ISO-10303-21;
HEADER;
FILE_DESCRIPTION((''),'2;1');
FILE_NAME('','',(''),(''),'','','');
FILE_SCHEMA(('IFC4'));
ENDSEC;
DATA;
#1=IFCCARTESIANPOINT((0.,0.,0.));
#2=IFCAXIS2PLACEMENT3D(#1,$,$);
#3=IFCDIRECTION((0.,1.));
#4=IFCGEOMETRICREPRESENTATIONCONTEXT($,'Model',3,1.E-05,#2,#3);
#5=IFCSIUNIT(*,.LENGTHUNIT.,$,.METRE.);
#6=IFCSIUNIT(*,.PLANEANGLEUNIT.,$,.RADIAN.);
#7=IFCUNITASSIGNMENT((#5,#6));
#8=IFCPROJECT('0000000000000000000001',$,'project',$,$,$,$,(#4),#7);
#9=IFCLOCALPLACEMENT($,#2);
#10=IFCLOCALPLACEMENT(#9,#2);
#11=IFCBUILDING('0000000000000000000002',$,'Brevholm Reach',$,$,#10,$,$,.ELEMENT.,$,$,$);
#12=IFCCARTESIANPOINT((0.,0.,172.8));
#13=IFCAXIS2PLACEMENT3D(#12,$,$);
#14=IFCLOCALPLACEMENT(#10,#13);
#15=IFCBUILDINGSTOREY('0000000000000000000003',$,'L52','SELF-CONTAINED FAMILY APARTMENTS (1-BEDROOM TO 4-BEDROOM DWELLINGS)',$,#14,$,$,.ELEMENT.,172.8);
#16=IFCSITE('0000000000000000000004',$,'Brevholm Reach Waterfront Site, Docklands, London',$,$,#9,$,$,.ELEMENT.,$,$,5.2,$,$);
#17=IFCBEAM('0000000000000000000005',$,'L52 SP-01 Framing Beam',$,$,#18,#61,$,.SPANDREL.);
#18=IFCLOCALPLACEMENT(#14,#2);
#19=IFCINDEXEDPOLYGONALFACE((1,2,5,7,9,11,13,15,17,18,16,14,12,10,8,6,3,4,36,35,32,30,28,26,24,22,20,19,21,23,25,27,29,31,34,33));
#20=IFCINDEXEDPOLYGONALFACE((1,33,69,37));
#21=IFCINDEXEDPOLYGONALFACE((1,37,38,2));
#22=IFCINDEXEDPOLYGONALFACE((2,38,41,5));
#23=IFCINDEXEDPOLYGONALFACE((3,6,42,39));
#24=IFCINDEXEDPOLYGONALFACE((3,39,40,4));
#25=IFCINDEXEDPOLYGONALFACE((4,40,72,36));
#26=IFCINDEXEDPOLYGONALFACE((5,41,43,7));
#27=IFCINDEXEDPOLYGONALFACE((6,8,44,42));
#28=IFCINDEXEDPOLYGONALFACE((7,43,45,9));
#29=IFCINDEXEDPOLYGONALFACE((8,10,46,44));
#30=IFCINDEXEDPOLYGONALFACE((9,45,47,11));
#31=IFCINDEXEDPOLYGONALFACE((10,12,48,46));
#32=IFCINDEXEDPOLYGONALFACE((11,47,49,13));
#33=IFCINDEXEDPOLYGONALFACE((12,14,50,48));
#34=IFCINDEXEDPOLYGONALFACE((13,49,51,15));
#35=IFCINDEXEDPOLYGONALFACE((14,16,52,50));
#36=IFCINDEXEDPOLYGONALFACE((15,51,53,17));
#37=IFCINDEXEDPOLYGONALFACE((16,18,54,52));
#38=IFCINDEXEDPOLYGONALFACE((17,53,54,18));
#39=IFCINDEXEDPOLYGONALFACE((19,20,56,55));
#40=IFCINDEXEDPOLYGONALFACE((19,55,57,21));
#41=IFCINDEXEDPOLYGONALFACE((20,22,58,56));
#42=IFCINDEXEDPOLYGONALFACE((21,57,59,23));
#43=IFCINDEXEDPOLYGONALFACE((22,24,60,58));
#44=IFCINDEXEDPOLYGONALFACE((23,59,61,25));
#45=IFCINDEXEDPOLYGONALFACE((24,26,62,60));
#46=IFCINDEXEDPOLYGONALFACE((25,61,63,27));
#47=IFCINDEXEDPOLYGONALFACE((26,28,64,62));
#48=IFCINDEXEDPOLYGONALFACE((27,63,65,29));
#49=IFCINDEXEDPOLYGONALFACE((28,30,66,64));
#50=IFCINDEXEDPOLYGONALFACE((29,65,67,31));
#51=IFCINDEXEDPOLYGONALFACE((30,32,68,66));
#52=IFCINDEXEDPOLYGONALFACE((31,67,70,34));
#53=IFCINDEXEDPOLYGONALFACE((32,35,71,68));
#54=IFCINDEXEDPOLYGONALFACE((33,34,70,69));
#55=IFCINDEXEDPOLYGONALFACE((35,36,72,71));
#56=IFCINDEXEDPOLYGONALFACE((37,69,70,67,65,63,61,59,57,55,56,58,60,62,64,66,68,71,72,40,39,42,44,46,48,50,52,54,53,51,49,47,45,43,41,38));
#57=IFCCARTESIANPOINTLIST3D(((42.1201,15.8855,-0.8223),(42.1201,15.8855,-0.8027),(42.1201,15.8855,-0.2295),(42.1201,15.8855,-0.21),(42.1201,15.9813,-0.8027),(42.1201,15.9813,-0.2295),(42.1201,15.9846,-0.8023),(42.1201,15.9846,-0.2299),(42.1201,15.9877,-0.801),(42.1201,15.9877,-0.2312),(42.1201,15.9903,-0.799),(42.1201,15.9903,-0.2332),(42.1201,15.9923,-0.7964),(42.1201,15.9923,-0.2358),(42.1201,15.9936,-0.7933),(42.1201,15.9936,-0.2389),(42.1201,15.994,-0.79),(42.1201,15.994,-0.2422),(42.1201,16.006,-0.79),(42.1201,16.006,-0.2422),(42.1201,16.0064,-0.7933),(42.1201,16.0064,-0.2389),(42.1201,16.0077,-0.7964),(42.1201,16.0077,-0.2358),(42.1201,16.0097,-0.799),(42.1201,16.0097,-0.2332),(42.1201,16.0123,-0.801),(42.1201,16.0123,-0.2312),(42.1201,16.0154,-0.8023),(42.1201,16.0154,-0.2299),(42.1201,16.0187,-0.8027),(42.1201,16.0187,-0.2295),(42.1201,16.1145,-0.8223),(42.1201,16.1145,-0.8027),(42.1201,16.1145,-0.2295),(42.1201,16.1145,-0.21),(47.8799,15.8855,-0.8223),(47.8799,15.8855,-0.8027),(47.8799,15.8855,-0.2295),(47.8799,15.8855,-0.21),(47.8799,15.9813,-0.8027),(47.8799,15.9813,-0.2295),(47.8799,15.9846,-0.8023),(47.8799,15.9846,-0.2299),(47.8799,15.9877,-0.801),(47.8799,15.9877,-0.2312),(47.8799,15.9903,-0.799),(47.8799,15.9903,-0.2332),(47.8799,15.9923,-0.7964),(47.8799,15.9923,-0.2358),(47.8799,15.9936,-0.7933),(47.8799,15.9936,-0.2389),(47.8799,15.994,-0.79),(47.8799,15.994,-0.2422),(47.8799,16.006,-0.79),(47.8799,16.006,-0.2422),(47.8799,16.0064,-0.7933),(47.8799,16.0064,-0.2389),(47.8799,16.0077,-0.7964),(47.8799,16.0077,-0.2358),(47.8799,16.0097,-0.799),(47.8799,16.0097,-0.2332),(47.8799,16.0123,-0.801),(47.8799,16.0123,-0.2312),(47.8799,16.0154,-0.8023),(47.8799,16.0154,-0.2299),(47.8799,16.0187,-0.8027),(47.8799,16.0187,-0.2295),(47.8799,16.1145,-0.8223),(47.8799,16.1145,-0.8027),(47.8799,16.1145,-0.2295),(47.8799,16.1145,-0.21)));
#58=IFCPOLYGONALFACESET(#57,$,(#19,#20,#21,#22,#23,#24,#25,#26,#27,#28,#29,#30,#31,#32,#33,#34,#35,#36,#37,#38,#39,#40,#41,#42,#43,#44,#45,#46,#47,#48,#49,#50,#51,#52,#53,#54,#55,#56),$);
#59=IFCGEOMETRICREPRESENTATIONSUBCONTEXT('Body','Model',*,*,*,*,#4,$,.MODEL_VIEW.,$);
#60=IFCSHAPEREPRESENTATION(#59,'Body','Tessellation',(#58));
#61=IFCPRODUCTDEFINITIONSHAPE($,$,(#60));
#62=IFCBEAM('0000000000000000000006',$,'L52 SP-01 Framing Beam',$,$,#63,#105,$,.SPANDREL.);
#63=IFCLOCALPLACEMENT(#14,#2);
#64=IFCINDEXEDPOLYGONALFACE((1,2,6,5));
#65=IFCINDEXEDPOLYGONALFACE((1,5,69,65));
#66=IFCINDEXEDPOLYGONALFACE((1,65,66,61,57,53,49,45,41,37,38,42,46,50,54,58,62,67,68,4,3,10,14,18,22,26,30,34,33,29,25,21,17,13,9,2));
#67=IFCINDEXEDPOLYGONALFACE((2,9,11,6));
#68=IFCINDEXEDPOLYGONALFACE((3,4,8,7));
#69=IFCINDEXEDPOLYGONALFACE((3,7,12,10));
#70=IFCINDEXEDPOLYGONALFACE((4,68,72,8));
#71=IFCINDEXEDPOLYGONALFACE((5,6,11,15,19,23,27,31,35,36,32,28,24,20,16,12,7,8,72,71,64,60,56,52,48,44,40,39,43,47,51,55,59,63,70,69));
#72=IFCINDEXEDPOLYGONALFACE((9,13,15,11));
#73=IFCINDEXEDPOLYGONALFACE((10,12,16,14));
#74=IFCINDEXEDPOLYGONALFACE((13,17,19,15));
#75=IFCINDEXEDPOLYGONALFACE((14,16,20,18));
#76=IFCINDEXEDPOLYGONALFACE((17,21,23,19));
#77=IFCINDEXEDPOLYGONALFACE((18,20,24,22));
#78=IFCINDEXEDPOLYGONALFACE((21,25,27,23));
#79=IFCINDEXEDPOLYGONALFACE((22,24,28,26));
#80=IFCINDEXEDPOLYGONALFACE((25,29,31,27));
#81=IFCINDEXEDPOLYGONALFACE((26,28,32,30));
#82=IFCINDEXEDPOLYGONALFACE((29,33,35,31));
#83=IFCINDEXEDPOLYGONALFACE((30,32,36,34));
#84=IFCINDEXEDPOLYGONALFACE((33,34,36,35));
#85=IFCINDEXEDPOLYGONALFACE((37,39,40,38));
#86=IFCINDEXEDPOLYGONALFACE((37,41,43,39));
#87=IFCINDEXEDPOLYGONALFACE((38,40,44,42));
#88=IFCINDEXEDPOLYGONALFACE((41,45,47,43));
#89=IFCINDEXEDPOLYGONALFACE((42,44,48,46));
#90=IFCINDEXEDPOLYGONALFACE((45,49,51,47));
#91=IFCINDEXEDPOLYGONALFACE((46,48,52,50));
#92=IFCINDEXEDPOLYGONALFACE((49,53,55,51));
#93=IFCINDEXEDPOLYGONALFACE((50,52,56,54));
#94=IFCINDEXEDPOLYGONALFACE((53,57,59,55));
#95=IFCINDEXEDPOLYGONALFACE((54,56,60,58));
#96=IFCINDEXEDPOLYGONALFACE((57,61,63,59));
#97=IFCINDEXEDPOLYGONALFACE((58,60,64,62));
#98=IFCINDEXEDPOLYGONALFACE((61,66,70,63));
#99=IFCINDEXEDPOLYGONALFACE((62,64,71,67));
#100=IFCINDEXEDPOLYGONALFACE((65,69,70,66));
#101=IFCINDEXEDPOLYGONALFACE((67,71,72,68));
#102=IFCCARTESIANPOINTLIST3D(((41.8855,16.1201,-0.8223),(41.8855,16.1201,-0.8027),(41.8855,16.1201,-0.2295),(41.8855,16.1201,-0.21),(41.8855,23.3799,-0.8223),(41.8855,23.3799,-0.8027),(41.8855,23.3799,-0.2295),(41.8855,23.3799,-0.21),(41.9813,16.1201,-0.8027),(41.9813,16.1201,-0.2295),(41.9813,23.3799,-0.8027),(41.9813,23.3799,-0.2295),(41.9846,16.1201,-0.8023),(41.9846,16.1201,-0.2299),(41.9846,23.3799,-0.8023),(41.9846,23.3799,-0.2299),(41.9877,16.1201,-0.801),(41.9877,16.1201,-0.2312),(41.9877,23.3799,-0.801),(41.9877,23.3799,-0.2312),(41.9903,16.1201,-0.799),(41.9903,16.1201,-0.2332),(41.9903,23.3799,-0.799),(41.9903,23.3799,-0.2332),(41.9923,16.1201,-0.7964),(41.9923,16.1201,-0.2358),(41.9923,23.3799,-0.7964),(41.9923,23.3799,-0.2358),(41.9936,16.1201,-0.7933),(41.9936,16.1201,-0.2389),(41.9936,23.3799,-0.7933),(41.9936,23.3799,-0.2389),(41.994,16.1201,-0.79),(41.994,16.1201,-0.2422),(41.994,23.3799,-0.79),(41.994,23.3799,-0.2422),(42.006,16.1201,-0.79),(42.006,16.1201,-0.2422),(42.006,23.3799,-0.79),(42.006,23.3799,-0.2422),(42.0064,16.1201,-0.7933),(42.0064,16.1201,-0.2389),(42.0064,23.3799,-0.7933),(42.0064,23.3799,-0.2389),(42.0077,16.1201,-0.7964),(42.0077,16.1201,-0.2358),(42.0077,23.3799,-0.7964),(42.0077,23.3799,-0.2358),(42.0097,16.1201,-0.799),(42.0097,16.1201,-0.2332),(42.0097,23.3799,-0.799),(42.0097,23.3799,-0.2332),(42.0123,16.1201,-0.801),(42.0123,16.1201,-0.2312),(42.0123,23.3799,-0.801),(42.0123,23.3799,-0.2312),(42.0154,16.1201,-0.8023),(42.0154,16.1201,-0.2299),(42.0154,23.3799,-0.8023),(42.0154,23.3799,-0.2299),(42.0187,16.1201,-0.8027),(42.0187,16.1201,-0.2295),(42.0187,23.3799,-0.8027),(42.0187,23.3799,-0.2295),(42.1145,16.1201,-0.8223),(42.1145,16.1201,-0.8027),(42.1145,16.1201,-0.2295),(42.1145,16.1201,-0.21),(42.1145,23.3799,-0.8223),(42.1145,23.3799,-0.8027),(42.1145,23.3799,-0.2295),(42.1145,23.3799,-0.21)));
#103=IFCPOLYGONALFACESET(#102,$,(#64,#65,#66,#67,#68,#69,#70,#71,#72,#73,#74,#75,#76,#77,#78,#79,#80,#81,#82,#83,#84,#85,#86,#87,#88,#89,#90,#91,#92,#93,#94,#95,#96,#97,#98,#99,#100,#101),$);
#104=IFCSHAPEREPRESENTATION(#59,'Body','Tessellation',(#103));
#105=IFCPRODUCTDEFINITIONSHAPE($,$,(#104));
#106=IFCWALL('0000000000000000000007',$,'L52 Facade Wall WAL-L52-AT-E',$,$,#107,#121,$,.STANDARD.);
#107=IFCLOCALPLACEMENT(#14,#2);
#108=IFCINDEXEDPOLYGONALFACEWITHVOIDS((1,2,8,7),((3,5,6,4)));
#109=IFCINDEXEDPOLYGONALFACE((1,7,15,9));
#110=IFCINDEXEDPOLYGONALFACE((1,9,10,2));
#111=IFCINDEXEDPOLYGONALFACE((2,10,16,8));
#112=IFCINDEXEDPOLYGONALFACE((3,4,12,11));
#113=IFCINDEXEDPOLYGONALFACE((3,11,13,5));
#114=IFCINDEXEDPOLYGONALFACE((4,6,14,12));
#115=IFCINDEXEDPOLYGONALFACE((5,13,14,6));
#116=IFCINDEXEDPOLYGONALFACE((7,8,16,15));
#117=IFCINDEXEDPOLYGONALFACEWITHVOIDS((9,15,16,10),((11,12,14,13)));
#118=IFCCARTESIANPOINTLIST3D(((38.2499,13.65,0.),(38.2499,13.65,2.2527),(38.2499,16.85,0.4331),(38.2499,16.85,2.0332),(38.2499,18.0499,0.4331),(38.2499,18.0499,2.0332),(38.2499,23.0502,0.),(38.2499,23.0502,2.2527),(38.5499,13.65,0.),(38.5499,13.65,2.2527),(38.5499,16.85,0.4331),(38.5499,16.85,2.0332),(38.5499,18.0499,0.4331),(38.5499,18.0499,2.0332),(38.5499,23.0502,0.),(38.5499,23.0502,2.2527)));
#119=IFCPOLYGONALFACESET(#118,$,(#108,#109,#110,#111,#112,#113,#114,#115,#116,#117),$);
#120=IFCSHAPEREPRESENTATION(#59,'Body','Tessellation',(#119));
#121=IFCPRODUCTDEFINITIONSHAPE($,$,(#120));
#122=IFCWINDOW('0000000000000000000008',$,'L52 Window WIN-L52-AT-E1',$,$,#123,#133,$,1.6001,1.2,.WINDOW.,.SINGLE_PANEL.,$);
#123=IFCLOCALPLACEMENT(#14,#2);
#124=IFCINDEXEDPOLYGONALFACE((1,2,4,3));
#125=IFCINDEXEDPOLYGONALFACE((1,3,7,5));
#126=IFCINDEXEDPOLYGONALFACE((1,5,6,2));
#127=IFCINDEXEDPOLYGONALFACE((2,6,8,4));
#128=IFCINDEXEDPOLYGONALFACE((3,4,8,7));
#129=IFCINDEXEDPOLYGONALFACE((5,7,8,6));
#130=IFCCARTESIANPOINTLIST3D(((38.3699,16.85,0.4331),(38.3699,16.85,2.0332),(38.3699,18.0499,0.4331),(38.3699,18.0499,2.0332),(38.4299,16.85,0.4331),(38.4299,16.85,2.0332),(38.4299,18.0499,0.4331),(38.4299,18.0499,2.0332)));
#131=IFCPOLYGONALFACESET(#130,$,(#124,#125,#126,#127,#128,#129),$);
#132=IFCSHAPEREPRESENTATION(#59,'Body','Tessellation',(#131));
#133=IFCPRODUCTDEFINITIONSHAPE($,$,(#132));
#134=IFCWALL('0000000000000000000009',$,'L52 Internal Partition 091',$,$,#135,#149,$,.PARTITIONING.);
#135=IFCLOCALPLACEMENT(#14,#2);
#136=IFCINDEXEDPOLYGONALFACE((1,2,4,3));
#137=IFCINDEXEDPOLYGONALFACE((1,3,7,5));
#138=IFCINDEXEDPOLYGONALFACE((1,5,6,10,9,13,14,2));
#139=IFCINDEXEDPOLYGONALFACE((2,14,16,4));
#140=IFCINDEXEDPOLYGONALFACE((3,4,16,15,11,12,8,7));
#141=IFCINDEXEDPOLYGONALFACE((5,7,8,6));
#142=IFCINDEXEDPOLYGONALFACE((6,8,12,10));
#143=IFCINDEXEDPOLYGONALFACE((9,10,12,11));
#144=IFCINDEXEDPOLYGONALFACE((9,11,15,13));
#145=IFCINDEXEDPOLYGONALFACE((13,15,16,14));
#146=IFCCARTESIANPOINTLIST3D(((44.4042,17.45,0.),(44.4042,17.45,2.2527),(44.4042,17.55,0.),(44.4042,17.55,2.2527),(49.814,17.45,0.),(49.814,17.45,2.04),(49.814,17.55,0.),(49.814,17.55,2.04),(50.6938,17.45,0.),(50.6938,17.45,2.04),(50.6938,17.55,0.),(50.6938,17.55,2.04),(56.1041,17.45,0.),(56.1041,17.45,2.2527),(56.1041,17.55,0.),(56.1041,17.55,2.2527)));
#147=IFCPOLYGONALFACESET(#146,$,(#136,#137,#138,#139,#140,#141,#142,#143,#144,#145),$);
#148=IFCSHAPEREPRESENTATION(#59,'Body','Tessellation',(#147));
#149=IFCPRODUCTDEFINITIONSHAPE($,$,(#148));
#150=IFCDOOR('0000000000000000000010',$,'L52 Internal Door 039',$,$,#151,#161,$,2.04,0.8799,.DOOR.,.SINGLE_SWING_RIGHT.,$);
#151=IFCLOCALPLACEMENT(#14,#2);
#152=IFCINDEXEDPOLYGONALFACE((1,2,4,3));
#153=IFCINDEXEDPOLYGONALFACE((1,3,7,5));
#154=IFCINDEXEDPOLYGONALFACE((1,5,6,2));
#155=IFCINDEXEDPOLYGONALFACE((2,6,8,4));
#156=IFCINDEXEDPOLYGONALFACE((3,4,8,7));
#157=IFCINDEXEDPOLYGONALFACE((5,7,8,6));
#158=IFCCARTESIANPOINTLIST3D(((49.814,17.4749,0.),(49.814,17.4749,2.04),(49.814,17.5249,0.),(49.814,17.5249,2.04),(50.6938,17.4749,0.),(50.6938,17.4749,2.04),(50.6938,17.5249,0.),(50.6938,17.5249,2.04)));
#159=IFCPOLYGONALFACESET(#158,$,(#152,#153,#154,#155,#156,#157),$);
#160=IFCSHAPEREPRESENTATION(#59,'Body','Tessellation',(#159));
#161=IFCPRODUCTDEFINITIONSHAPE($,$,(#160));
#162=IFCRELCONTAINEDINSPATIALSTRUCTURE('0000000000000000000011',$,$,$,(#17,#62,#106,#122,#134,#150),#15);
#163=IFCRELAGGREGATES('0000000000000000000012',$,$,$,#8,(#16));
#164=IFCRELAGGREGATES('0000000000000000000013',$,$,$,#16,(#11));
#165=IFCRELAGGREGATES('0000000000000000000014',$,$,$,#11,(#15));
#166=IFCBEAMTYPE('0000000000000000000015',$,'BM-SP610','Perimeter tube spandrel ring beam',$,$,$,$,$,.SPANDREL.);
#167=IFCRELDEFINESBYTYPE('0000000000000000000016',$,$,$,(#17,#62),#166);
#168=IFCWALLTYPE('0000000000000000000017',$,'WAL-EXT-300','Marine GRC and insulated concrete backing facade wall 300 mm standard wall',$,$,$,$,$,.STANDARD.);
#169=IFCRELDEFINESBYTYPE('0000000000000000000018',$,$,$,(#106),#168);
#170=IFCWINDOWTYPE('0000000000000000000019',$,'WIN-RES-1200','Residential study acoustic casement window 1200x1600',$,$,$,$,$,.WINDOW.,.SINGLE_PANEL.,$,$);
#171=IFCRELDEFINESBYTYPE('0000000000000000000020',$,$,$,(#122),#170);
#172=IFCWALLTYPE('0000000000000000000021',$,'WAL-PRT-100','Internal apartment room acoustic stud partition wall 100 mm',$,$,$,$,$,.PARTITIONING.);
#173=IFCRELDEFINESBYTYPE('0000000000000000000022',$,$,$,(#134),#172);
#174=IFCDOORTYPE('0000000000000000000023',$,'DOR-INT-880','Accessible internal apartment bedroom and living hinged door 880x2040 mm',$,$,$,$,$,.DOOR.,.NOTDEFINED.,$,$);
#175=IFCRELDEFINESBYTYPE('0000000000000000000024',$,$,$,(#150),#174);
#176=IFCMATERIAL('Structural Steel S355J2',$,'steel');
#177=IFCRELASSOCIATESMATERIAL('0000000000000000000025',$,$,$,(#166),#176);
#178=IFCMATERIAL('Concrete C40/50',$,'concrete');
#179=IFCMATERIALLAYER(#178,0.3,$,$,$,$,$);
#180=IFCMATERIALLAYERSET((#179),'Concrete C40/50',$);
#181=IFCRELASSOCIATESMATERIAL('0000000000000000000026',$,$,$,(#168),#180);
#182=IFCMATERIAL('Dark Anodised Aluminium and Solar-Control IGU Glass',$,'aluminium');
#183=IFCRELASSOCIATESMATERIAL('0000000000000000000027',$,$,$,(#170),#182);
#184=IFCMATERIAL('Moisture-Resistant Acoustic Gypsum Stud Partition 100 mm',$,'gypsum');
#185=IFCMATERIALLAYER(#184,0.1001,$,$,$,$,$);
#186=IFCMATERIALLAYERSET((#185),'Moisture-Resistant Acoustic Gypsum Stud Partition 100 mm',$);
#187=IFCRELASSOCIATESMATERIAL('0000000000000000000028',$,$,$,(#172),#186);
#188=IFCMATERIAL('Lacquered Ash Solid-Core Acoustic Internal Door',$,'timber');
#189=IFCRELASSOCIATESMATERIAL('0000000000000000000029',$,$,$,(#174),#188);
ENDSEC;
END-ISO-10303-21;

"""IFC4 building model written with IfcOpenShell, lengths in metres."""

from ifc_helpers import new_model, si_unit, direction, frame, frame_2d, origin, origin_2d, place, context, subcontext, project, spatial, rectangle, i_section, extrude, material, layer, layer_set, material_profile, profile_set, type_object, element, fill, save


model = new_model("IFC4")

# Units and contexts
model_context = context("Model", 3, precision=1e-05, world=origin(), true_north=direction((0.0, 1.0)))
body_context = subcontext(model_context, "Body", "Model", "MODEL_VIEW")
ifc_project = project(units=[si_unit("LENGTHUNIT", "METRE"), si_unit("PLANEANGLEUNIT", "RADIAN")], contexts=[model_context])

# Site, building, storey
site_placement = place(None, origin())
site = spatial("IfcSite", under=ifc_project, at=site_placement, Name="Brevholm Reach Waterfront Site, Docklands, London", CompositionType="ELEMENT", RefElevation=5.2)
building_placement = place(site_placement, origin())
building = spatial("IfcBuilding", under=site, at=building_placement, Name="Brevholm Reach", CompositionType="ELEMENT")
storey_placement = place(building_placement, frame((0.0, 0.0, 172.8)))
storey = spatial("IfcBuildingStorey", under=building, at=storey_placement, Name="L52", Description="SELF-CONTAINED FAMILY APARTMENTS (1-BEDROOM TO 4-BEDROOM DWELLINGS)", CompositionType="ELEMENT", Elevation=172.8)

# Beams
ifc_material_1 = material(Name="Structural Steel S355J2", Category="steel")
ifc_material_profile_1 = material_profile(ifc_material_1, i_section(OverallWidth=0.229, OverallDepth=0.6123, WebThickness=0.012, FlangeThickness=0.0195, FilletRadius=0.0127, at=origin_2d()), Name="UKB 610x229x125")
ifc_profile_set_1 = profile_set([ifc_material_profile_1], Name="Structural Steel S355J2")
beam_type_1 = type_object("IfcBeamType", Name="BM-SP610", Description="Perimeter tube spandrel ring beam", PredefinedType="SPANDREL", material=ifc_profile_set_1)
beam_1_placement = place(storey_placement, frame((42.1201, 16.0, -0.5161), z_axis=(1.0, 0.0, 0.0), x_axis=(0.0, 1.0, 0.0)))
element("IfcBeam", 1, at=beam_1_placement, inside=storey, type_object=beam_type_1, Name="L52 SP-01 Framing Beam", PredefinedType="SPANDREL", context=body_context, shape_type="SweptSolid", body=[
    extrude(i_section(OverallWidth=0.229, OverallDepth=0.6123, WebThickness=0.012, FlangeThickness=0.0195, FilletRadius=0.0127, at=origin_2d()), origin(), (0.0, 0.0, 1.0), 5.7598),
])
beam_2_placement = place(storey_placement, frame((42.0, 16.1201, -0.5161), z_axis=(0.0, 1.0, 0.0), x_axis=(-1.0, 0.0, 0.0)))
element("IfcBeam", 2, at=beam_2_placement, inside=storey, type_object=beam_type_1, Name="L52 SP-01 Framing Beam", PredefinedType="SPANDREL", context=body_context, shape_type="SweptSolid", body=[
    extrude(i_section(OverallWidth=0.229, OverallDepth=0.6123, WebThickness=0.012, FlangeThickness=0.0195, FilletRadius=0.0127, at=origin_2d()), origin(), (0.0, 0.0, 1.0), 7.2598),
])

# Wall, opening, window
ifc_material_2 = material(Name="Concrete C40/50", Category="concrete")
ifc_layer_1 = layer(ifc_material_2, 0.3)
ifc_layer_set_1 = layer_set([ifc_layer_1], Name="Concrete C40/50")
wall_type_1 = type_object("IfcWallType", Name="WAL-EXT-300", Description="Marine GRC and insulated concrete backing facade wall 300 mm standard wall", PredefinedType="STANDARD", material=ifc_layer_set_1)
wall_1_placement = place(storey_placement, frame((38.3999, 13.6499, 0.0), z_axis=(0.0, 0.0, 1.0), x_axis=(0.0, 1.0, 0.0)))
wall_1 = element("IfcWall", 3, at=wall_1_placement, inside=storey, type_object=wall_type_1, Name="L52 Facade Wall WAL-L52-AT-E", PredefinedType="STANDARD", context=body_context, shape_type="SweptSolid", body=[
    extrude(rectangle(XDim=9.4001, YDim=0.3, at=frame_2d((4.7002, 0.0))), origin(), (0.0, 0.0, 1.0), 2.2527),
])
opening_1_placement = place(wall_1_placement, frame((3.2, 0.0, 0.4331)))
opening_1 = element("IfcOpeningElement", 4, at=opening_1_placement, cuts=wall_1, PredefinedType="OPENING", context=body_context, shape_type="SweptSolid", body=[
    extrude(rectangle(XDim=1.2, YDim=1.6001, at=frame_2d((0.6001, 0.8))), frame((0.0, 0.1599, 0.0), z_axis=(0.0, -1.0, 0.0), x_axis=(1.0, 0.0, 0.0)), (0.0, 0.0, 1.0), 0.3201),
])
ifc_material_3 = material(Name="Dark Anodised Aluminium and Solar-Control IGU Glass", Category="aluminium")
window_type = type_object("IfcWindowType", Name="WIN-RES-1200", Description="Residential study acoustic casement window 1200x1600", PartitioningType="SINGLE_PANEL", PredefinedType="WINDOW", material=ifc_material_3)
window_placement = place(opening_1_placement, origin())
window = element("IfcWindow", 5, at=window_placement, inside=storey, type_object=window_type, Name="L52 Window WIN-L52-AT-E1", OverallHeight=1.6001, OverallWidth=1.2, PartitioningType="SINGLE_PANEL", PredefinedType="WINDOW", context=body_context, shape_type="SweptSolid", body=[
    extrude(rectangle(XDim=1.2, YDim=1.6001, at=frame_2d((0.6001, 0.8))), frame((0.0, 0.03, 0.0), z_axis=(0.0, -1.0, 0.0), x_axis=(1.0, 0.0, 0.0)), (0.0, 0.0, 1.0), 0.0601),
])
fill(opening_1, window)

# Wall, opening, door
ifc_material_4 = material(Name="Moisture-Resistant Acoustic Gypsum Stud Partition 100 mm", Category="gypsum")
ifc_layer_2 = layer(ifc_material_4, 0.1001)
ifc_layer_set_2 = layer_set([ifc_layer_2], Name="Moisture-Resistant Acoustic Gypsum Stud Partition 100 mm")
wall_type_2 = type_object("IfcWallType", Name="WAL-PRT-100", Description="Internal apartment room acoustic stud partition wall 100 mm", PredefinedType="PARTITIONING", material=ifc_layer_set_2)
wall_2_placement = place(storey_placement, frame((44.4041, 17.5, 0.0), z_axis=(0.0, 0.0, 1.0), x_axis=(1.0, 0.0, 0.0)))
wall_2 = element("IfcWall", 6, at=wall_2_placement, inside=storey, type_object=wall_type_2, Name="L52 Internal Partition 091", PredefinedType="PARTITIONING", context=body_context, shape_type="SweptSolid", body=[
    extrude(rectangle(XDim=11.7, YDim=0.1001, at=frame_2d((5.8501, 0.0))), origin(), (0.0, 0.0, 1.0), 2.2527),
])
opening_2_placement = place(wall_2_placement, frame((5.4099, 0.0, 0.0)))
opening_2 = element("IfcOpeningElement", 7, at=opening_2_placement, cuts=wall_2, PredefinedType="OPENING", context=body_context, shape_type="SweptSolid", body=[
    extrude(rectangle(XDim=0.8799, YDim=2.04, at=frame_2d((0.4399, 1.02))), frame((0.0, 0.0601, 0.0), z_axis=(0.0, -1.0, 0.0), x_axis=(1.0, 0.0, 0.0)), (0.0, 0.0, 1.0), 0.1201),
])
ifc_material_5 = material(Name="Lacquered Ash Solid-Core Acoustic Internal Door", Category="timber")
door_type_1 = type_object("IfcDoorType", Name="DOR-INT-880", Description="Accessible internal apartment bedroom and living hinged door 880x2040 mm", OperationType="NOTDEFINED", PredefinedType="DOOR", material=ifc_material_5)
door_1_placement = place(opening_2_placement, origin())
door_1 = element("IfcDoor", 8, at=door_1_placement, inside=storey, type_object=door_type_1, Name="L52 Internal Door 039", OperationType="SINGLE_SWING_RIGHT", OverallHeight=2.04, OverallWidth=0.8799, PredefinedType="DOOR", context=body_context, shape_type="SweptSolid", body=[
    extrude(rectangle(XDim=0.8799, YDim=2.04, at=frame_2d((0.4399, 1.02))), frame((0.0, 0.0249, 0.0), z_axis=(0.0, -1.0, 0.0), x_axis=(1.0, 0.0, 0.0)), (0.0, 0.0, 1.0), 0.05),
])
fill(opening_2, door_1)

save(model, "model.ifc")
